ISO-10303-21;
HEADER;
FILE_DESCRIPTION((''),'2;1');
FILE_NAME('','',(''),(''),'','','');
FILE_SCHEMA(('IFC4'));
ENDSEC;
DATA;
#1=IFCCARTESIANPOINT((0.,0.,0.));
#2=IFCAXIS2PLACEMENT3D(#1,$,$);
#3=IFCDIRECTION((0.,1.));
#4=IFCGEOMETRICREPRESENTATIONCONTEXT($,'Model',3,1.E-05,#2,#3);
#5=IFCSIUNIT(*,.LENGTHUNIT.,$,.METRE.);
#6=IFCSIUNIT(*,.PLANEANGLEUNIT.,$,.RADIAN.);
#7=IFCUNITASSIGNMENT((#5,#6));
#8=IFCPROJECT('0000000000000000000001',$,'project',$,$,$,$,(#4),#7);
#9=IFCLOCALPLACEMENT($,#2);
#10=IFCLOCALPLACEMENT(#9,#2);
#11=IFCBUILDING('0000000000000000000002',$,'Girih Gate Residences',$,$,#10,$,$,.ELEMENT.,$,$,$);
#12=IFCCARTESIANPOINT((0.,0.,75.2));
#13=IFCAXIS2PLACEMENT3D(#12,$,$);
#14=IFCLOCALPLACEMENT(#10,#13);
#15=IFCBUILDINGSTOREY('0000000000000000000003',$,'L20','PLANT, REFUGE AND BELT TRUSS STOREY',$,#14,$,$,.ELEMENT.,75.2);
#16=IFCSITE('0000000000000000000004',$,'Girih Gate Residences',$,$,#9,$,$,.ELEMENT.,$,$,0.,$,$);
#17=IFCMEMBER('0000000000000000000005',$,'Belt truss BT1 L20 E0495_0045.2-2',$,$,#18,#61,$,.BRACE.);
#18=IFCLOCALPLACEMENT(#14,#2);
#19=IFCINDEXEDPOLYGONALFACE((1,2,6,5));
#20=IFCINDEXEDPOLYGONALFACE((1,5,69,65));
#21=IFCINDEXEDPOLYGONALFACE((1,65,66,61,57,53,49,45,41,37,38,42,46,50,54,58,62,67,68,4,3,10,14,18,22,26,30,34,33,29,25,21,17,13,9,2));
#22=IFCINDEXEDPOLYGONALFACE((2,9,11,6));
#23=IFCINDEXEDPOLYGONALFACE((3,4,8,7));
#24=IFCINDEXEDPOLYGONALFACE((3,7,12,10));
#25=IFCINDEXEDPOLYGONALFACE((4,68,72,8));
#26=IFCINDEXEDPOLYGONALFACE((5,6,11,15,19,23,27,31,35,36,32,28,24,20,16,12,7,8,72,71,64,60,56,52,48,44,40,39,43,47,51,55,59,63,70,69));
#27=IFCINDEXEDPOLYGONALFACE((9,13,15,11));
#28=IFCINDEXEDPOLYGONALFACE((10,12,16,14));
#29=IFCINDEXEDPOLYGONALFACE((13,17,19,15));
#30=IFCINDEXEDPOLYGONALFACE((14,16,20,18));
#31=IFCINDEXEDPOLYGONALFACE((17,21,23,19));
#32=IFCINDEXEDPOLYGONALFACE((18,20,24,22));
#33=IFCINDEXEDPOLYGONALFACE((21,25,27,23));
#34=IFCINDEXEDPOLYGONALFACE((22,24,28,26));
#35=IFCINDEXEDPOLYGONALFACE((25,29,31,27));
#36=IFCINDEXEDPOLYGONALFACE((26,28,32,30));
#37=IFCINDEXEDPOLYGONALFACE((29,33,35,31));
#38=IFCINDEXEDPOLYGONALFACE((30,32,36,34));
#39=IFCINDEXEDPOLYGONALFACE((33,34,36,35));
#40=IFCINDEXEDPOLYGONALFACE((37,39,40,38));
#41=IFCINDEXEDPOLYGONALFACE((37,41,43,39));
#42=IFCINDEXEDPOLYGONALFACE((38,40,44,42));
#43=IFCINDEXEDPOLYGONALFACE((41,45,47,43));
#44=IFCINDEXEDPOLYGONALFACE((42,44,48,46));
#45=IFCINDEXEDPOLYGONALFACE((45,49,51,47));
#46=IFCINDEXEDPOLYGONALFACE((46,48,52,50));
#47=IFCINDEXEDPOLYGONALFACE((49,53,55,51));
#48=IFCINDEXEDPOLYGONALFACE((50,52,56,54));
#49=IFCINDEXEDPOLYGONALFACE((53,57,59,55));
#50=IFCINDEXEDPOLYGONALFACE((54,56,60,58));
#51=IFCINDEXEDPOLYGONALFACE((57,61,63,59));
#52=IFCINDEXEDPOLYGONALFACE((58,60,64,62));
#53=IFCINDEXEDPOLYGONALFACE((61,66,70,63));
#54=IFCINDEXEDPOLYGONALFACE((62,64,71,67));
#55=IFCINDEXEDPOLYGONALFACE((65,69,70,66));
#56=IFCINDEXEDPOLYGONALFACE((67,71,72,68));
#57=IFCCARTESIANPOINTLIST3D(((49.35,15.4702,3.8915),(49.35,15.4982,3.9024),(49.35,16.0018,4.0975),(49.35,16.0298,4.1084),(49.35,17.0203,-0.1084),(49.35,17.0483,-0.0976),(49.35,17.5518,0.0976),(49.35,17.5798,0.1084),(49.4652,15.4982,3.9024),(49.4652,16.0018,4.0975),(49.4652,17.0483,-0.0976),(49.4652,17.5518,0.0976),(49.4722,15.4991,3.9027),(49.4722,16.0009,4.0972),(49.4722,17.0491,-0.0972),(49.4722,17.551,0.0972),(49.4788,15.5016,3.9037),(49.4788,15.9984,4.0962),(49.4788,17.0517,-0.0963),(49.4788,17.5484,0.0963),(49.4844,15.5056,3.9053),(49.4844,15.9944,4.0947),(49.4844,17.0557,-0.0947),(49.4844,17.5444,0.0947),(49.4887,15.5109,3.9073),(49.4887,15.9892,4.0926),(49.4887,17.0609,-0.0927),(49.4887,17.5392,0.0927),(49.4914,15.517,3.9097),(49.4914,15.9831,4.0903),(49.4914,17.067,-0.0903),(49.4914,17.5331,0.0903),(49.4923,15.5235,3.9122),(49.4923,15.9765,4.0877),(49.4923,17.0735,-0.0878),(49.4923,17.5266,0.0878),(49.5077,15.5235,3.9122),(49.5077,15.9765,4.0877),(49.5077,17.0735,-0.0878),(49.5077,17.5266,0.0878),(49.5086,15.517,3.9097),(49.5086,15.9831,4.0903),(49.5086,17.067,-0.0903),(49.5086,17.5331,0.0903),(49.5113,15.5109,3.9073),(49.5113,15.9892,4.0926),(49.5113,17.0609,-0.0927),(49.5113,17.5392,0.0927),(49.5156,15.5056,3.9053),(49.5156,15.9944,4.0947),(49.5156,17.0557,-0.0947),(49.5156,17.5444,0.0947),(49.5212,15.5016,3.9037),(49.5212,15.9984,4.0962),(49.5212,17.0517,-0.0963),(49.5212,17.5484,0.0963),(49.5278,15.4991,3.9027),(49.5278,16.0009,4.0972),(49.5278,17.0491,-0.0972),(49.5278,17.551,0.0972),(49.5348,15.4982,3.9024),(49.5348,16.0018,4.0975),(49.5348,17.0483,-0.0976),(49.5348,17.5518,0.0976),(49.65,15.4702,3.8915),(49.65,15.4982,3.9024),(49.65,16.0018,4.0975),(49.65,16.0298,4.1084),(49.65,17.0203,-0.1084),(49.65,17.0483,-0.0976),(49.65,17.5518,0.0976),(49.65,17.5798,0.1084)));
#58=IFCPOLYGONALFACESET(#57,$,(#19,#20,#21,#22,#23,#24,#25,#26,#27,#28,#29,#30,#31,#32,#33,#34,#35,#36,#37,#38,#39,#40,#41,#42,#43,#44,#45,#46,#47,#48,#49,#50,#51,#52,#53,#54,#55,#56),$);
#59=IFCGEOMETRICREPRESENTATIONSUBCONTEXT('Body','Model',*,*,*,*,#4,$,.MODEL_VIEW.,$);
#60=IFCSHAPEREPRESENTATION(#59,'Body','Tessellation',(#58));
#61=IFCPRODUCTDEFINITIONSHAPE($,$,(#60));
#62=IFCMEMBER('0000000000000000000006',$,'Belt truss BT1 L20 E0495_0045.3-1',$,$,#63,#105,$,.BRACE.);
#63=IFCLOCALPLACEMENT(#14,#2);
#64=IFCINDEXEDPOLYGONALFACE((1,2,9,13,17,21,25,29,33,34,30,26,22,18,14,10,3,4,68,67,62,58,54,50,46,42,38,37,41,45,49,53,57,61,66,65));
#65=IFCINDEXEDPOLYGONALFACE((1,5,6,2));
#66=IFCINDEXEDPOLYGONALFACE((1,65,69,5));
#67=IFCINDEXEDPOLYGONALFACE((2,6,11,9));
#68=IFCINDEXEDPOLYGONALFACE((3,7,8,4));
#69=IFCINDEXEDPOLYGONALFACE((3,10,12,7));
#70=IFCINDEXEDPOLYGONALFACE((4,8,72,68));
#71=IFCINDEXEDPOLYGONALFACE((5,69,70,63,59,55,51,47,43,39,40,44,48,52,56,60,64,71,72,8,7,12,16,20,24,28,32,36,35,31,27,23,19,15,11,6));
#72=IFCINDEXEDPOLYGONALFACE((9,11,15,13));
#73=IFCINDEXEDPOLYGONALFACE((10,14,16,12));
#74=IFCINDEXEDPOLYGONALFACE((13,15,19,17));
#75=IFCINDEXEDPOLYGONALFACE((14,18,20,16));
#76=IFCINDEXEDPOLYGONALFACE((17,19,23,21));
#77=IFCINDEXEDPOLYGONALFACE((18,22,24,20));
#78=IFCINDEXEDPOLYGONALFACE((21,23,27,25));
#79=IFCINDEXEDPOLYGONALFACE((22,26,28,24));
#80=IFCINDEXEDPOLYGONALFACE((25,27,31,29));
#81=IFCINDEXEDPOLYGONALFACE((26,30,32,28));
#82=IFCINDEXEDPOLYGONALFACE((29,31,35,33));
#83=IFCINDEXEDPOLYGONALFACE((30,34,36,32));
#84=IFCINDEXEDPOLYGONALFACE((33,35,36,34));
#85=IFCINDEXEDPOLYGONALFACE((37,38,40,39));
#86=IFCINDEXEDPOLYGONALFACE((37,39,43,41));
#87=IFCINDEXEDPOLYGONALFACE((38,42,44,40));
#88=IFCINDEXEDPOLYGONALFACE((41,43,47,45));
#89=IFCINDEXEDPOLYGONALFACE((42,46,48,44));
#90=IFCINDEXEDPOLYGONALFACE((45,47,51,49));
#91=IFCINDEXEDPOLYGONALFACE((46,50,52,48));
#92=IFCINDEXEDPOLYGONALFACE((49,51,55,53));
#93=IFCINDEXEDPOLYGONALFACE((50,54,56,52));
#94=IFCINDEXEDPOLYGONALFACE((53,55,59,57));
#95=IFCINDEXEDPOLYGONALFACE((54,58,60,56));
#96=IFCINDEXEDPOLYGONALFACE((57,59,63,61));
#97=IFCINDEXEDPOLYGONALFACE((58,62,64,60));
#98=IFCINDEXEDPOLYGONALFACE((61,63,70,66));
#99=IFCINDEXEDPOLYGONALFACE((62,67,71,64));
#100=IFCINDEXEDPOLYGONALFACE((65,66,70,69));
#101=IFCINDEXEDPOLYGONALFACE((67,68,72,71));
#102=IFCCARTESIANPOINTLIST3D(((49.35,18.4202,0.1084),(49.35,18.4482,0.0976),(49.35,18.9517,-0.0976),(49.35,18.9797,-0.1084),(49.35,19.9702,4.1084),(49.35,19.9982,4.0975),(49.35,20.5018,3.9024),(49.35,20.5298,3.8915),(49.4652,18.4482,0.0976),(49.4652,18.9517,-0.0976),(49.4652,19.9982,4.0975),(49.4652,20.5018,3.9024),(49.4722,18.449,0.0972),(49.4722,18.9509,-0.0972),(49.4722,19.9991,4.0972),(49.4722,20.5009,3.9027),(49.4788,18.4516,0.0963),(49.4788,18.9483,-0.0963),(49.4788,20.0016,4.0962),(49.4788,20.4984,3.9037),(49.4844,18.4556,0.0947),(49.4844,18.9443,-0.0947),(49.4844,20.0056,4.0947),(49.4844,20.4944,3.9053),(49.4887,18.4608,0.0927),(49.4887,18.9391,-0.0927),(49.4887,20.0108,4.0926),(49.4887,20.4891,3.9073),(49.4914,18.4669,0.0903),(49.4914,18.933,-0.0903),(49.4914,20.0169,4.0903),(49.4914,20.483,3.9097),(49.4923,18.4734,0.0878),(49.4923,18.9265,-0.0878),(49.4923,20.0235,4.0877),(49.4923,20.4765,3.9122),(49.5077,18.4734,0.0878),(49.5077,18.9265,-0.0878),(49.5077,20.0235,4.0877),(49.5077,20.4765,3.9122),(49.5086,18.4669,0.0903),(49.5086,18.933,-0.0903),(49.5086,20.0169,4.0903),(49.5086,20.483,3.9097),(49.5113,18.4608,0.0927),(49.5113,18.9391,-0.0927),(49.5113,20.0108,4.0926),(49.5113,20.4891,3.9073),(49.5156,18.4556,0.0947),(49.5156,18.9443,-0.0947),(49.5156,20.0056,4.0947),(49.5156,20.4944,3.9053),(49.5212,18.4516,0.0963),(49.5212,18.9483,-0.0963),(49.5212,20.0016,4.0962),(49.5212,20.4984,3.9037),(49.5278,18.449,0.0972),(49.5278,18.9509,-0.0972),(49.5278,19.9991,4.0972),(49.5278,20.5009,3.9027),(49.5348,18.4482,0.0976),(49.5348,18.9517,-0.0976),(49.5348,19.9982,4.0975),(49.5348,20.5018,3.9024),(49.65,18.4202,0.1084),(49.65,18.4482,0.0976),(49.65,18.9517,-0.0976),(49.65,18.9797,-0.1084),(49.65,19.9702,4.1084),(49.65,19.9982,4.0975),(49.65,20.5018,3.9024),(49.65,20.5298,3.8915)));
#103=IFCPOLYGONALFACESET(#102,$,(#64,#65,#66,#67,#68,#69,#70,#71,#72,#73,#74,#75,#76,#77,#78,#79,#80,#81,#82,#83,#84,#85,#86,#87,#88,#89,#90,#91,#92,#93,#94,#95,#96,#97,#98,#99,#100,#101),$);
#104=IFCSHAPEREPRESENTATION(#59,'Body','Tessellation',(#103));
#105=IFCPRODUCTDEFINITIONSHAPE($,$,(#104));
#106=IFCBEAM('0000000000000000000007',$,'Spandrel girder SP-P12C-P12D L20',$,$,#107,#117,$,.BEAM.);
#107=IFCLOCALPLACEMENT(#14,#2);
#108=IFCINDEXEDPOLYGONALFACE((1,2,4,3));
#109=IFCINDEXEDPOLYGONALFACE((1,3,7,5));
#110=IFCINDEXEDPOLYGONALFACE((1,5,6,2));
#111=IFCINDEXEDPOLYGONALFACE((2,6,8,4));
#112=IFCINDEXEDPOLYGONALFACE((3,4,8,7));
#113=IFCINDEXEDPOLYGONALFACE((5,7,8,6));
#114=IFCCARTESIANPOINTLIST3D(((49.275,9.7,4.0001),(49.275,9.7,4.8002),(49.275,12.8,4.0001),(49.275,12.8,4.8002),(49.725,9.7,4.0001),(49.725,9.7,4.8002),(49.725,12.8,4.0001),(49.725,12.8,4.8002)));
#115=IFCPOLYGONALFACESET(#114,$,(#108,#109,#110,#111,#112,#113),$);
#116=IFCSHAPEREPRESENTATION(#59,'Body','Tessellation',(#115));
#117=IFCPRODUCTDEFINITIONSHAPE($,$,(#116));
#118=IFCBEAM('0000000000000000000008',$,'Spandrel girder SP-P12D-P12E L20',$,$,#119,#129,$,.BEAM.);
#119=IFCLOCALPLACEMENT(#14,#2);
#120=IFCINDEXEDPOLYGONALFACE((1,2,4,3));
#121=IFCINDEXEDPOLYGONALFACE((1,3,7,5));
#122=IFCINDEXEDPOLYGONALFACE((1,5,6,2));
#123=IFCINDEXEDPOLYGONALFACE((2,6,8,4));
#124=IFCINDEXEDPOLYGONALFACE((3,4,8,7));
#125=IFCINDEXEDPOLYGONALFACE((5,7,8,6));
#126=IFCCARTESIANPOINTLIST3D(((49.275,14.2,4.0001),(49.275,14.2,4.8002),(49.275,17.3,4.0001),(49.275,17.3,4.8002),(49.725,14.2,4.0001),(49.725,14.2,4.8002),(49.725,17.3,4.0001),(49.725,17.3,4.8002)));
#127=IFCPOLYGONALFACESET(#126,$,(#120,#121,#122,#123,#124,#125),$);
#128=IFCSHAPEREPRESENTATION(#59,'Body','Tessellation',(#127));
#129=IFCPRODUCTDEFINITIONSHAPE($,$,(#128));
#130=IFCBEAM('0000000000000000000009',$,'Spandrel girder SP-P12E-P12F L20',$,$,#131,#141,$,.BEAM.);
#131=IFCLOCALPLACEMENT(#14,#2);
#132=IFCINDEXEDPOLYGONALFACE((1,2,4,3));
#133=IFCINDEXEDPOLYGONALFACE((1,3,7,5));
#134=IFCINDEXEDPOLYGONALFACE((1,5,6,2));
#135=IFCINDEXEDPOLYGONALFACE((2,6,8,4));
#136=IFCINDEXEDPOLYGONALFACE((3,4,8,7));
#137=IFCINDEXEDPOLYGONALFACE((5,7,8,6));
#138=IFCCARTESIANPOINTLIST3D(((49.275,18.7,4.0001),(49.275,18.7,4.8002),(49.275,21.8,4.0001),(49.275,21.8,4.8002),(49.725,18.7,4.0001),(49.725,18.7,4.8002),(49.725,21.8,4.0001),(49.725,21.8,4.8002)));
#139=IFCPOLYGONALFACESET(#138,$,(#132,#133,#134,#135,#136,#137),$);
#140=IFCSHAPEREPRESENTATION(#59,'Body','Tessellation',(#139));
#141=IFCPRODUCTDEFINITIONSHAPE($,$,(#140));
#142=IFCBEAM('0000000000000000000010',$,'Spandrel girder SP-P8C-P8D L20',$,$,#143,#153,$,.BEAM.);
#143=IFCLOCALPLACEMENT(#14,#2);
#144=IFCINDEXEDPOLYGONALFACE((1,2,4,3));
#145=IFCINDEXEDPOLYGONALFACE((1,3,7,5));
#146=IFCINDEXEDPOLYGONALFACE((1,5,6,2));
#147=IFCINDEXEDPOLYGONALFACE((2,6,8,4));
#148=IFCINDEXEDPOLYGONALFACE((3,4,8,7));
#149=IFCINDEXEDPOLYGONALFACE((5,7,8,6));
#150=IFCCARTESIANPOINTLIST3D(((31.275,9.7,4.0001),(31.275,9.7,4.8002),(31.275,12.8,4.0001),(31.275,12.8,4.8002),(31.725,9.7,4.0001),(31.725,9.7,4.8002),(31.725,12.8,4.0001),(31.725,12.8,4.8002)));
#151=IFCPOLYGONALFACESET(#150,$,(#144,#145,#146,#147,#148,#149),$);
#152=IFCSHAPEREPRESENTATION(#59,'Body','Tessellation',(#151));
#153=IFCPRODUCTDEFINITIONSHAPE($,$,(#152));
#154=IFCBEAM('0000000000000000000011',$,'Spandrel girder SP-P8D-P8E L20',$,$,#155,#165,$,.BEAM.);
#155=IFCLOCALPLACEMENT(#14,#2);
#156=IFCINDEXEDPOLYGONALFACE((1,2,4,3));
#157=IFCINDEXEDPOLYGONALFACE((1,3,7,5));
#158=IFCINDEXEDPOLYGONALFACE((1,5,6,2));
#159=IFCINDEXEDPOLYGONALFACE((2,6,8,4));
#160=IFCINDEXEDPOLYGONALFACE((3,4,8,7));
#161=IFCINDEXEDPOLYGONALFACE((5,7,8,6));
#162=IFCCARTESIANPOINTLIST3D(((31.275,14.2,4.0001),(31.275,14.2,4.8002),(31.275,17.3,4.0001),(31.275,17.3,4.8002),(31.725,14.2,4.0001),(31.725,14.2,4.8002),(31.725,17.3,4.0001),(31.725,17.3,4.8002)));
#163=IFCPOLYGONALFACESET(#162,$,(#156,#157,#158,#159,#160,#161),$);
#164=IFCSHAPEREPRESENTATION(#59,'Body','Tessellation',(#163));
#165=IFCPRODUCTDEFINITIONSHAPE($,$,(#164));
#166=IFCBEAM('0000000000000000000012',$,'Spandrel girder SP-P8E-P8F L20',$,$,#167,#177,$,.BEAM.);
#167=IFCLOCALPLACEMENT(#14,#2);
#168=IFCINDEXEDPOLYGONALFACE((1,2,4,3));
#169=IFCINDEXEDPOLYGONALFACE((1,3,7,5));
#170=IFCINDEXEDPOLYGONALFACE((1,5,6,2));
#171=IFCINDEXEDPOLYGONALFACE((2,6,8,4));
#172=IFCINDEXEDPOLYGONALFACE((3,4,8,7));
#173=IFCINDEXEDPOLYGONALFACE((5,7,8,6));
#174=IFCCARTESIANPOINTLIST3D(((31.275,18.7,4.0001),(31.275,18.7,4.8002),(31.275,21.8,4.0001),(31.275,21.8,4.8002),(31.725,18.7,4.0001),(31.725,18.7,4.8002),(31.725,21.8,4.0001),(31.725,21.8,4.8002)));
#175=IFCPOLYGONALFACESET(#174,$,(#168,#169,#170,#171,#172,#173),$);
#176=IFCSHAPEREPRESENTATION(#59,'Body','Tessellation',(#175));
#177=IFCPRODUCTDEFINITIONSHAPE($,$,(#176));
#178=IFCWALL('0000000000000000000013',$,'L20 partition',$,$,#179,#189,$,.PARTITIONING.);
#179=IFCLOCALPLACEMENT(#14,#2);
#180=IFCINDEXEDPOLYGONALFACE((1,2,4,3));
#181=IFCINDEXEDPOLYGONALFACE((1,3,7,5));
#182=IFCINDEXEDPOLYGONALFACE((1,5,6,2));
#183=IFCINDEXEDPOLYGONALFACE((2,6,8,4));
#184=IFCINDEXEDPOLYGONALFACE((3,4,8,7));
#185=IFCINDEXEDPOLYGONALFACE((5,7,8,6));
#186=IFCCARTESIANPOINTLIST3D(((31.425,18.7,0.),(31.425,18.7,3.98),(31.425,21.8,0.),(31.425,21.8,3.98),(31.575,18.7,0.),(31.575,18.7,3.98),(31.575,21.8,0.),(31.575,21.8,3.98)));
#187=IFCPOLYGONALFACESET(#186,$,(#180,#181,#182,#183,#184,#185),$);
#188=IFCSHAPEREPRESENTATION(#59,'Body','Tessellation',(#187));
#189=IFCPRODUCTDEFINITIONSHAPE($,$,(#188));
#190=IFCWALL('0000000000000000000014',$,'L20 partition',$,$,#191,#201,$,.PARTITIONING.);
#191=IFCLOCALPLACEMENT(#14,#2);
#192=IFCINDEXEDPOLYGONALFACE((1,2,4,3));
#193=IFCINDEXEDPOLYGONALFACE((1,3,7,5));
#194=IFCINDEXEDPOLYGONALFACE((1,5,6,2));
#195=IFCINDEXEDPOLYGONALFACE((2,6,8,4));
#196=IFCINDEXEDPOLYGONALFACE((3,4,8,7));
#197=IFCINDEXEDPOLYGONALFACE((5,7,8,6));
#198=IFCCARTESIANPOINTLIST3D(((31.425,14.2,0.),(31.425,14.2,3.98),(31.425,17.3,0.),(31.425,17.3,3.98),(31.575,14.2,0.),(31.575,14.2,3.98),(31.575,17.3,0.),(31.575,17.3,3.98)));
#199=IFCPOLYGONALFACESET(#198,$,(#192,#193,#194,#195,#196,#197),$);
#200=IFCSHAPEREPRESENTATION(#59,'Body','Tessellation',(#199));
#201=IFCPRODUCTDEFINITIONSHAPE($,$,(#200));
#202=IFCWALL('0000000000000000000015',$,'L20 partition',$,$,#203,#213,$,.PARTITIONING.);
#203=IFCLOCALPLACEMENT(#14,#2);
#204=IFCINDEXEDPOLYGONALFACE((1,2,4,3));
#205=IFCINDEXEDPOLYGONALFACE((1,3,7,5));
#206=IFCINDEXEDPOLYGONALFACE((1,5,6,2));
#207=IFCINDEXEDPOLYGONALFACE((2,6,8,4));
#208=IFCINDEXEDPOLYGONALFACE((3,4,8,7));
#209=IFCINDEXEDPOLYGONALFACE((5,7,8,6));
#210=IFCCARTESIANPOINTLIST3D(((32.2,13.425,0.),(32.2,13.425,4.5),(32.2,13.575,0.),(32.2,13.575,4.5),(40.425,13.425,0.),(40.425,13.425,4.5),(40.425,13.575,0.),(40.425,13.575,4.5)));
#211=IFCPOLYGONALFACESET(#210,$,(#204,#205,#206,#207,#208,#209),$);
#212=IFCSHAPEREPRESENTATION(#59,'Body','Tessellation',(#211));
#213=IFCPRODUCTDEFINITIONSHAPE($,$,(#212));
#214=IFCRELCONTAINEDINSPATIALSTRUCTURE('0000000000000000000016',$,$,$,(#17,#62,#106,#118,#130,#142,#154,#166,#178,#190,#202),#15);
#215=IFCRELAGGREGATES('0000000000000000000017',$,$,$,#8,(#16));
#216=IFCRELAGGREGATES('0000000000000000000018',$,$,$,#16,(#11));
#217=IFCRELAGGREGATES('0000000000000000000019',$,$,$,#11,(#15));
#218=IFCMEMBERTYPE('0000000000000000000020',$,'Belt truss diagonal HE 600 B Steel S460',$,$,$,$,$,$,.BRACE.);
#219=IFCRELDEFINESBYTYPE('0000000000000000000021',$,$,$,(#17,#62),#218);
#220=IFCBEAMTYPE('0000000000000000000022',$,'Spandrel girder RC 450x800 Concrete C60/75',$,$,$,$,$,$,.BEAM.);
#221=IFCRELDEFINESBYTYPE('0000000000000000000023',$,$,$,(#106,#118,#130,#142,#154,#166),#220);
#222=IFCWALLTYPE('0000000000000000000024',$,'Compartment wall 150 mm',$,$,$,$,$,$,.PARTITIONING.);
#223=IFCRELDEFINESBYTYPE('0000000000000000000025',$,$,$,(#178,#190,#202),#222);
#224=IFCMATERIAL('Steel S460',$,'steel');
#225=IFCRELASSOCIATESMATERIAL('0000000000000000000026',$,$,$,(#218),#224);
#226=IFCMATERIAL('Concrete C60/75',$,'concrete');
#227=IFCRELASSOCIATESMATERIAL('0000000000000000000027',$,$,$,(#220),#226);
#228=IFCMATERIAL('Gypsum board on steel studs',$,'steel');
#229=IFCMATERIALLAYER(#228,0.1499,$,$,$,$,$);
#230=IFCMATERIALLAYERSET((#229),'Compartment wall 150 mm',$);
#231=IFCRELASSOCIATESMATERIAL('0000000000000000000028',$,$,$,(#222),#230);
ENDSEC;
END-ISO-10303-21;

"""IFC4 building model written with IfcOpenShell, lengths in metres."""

from ifc_helpers import new_model, si_unit, direction, frame, frame_2d, origin, origin_2d, place, context, subcontext, project, spatial, rectangle, i_section, extrude, material, layer, layer_set, material_profile, profile_set, type_object, element, save


model = new_model("IFC4")

# Units and contexts
model_context = context("Model", 3, precision=1e-05, world=origin(), true_north=direction((0.0, 1.0)))
body_context = subcontext(model_context, "Body", "Model", "MODEL_VIEW")
ifc_project = project(units=[si_unit("LENGTHUNIT", "METRE"), si_unit("PLANEANGLEUNIT", "RADIAN")], contexts=[model_context])

# Site, building, storey
site_placement = place(None, origin())
site = spatial("IfcSite", under=ifc_project, at=site_placement, Name="Girih Gate Residences", CompositionType="ELEMENT", RefElevation=0.0)
building_placement = place(site_placement, origin())
building = spatial("IfcBuilding", under=site, at=building_placement, Name="Girih Gate Residences", CompositionType="ELEMENT")
storey_placement = place(building_placement, frame((0.0, 0.0, 75.2)))
storey = spatial("IfcBuildingStorey", under=building, at=storey_placement, Name="L20", Description="PLANT, REFUGE AND BELT TRUSS STOREY", CompositionType="ELEMENT", Elevation=75.2)

# Members
ifc_material_1 = material(Name="Steel S460", Category="steel")
ifc_material_profile_1 = material_profile(ifc_material_1, i_section(OverallWidth=0.3, OverallDepth=0.6001, WebThickness=0.0154, FlangeThickness=0.03, FilletRadius=0.0271, at=origin_2d()))
ifc_profile_set_1 = profile_set([ifc_material_profile_1], Name="Steel S460")
member_type = type_object("IfcMemberType", Name="Belt truss diagonal HE 600 B Steel S460", PredefinedType="BRACE", material=ifc_profile_set_1)
for number, where, z_axis, x_axis, name in (
    (1, (49.5, 17.3, 0.0), (0.0, -0.361331, 0.932438), (1.0, 0.0, 0.0), "Belt truss BT1 L20 E0495_0045.2-2"),
    (2, (49.5, 18.7, 0.0), (0.0, 0.361331, 0.932438), (-1.0, 0.0, 0.0), "Belt truss BT1 L20 E0495_0045.3-1"),
):
    element("IfcMember", number, at=place(storey_placement, frame(where, z_axis=z_axis, x_axis=x_axis)), inside=storey, type_object=member_type, Name=name, PredefinedType="BRACE", context=body_context, shape_type="SweptSolid", body=[
        extrude(i_section(OverallWidth=0.3, OverallDepth=0.6001, WebThickness=0.0154, FlangeThickness=0.03, FilletRadius=0.0271, at=origin_2d()), origin(), (0.0, 0.0, 1.0), 4.2898),
    ])

# Beams
ifc_material_2 = material(Name="Concrete C60/75", Category="concrete")
ifc_material_profile_2 = material_profile(ifc_material_2, rectangle(XDim=0.45, YDim=0.8, at=origin_2d()))
ifc_profile_set_2 = profile_set([ifc_material_profile_2], Name="Concrete C60/75")
beam_type = type_object("IfcBeamType", Name="Spandrel girder RC 450x800 Concrete C60/75", PredefinedType="BEAM", material=ifc_profile_set_2)
for number, where, z_axis, x_axis, name in (
    (3, (49.5, 9.7, 4.4001), (0.0, 1.0, 0.0), (-1.0, 0.0, 0.0), "Spandrel girder SP-P12C-P12D L20"),
    (4, (49.5, 14.2, 4.4001), (0.0, 1.0, 0.0), (-1.0, 0.0, 0.0), "Spandrel girder SP-P12D-P12E L20"),
    (5, (49.5, 18.7, 4.4001), (0.0, 1.0, 0.0), (-1.0, 0.0, 0.0), "Spandrel girder SP-P12E-P12F L20"),
    (6, (31.5, 9.7, 4.4001), (0.0, 1.0, 0.0), (-1.0, 0.0, 0.0), "Spandrel girder SP-P8C-P8D L20"),
    (7, (31.5, 14.2, 4.4001), (0.0, 1.0, 0.0), (-1.0, 0.0, 0.0), "Spandrel girder SP-P8D-P8E L20"),
    (8, (31.5, 18.7, 4.4001), (0.0, 1.0, 0.0), (-1.0, 0.0, 0.0), "Spandrel girder SP-P8E-P8F L20"),
):
    element("IfcBeam", number, at=place(storey_placement, frame(where, z_axis=z_axis, x_axis=x_axis)), inside=storey, type_object=beam_type, Name=name, PredefinedType="BEAM", context=body_context, shape_type="SweptSolid", body=[
        extrude(rectangle(XDim=0.45, YDim=0.8, at=origin_2d()), origin(), (0.0, 0.0, 1.0), 3.1001),
    ])

# Walls
ifc_material_3 = material(Name="Gypsum board on steel studs", Category="steel")
ifc_layer_1 = layer(ifc_material_3, 0.1499)
ifc_layer_set_1 = layer_set([ifc_layer_1], Name="Compartment wall 150 mm")
wall_type_1 = type_object("IfcWallType", Name="Compartment wall 150 mm", PredefinedType="PARTITIONING", material=ifc_layer_set_1)
for number, where, z_axis, x_axis, name in (
    (9, (31.5, 18.7, 0.0), (0.0, 0.0, 1.0), (0.0, 1.0, 0.0), "L20 partition"),
    (10, (31.5, 14.2, 0.0), (0.0, 0.0, 1.0), (0.0, 1.0, 0.0), "L20 partition"),
):
    element("IfcWall", number, at=place(storey_placement, frame(where, z_axis=z_axis, x_axis=x_axis)), inside=storey, type_object=wall_type_1, Name=name, PredefinedType="PARTITIONING", context=body_context, shape_type="SweptSolid", body=[
        extrude(rectangle(XDim=3.1001, YDim=0.1499, at=frame_2d((1.55, 0.0))), origin(), (0.0, 0.0, 1.0), 3.98),
    ])
wall_1_placement = place(storey_placement, frame((32.2, 13.5, 0.0), z_axis=(0.0, 0.0, 1.0), x_axis=(1.0, 0.0, 0.0)))
element("IfcWall", 11, at=wall_1_placement, inside=storey, type_object=wall_type_1, Name="L20 partition", PredefinedType="PARTITIONING", context=body_context, shape_type="SweptSolid", body=[
    extrude(rectangle(XDim=8.2251, YDim=0.1499, at=frame_2d((4.1125, 0.0))), origin(), (0.0, 0.0, 1.0), 4.5),
])

save(model, "model.ifc")
